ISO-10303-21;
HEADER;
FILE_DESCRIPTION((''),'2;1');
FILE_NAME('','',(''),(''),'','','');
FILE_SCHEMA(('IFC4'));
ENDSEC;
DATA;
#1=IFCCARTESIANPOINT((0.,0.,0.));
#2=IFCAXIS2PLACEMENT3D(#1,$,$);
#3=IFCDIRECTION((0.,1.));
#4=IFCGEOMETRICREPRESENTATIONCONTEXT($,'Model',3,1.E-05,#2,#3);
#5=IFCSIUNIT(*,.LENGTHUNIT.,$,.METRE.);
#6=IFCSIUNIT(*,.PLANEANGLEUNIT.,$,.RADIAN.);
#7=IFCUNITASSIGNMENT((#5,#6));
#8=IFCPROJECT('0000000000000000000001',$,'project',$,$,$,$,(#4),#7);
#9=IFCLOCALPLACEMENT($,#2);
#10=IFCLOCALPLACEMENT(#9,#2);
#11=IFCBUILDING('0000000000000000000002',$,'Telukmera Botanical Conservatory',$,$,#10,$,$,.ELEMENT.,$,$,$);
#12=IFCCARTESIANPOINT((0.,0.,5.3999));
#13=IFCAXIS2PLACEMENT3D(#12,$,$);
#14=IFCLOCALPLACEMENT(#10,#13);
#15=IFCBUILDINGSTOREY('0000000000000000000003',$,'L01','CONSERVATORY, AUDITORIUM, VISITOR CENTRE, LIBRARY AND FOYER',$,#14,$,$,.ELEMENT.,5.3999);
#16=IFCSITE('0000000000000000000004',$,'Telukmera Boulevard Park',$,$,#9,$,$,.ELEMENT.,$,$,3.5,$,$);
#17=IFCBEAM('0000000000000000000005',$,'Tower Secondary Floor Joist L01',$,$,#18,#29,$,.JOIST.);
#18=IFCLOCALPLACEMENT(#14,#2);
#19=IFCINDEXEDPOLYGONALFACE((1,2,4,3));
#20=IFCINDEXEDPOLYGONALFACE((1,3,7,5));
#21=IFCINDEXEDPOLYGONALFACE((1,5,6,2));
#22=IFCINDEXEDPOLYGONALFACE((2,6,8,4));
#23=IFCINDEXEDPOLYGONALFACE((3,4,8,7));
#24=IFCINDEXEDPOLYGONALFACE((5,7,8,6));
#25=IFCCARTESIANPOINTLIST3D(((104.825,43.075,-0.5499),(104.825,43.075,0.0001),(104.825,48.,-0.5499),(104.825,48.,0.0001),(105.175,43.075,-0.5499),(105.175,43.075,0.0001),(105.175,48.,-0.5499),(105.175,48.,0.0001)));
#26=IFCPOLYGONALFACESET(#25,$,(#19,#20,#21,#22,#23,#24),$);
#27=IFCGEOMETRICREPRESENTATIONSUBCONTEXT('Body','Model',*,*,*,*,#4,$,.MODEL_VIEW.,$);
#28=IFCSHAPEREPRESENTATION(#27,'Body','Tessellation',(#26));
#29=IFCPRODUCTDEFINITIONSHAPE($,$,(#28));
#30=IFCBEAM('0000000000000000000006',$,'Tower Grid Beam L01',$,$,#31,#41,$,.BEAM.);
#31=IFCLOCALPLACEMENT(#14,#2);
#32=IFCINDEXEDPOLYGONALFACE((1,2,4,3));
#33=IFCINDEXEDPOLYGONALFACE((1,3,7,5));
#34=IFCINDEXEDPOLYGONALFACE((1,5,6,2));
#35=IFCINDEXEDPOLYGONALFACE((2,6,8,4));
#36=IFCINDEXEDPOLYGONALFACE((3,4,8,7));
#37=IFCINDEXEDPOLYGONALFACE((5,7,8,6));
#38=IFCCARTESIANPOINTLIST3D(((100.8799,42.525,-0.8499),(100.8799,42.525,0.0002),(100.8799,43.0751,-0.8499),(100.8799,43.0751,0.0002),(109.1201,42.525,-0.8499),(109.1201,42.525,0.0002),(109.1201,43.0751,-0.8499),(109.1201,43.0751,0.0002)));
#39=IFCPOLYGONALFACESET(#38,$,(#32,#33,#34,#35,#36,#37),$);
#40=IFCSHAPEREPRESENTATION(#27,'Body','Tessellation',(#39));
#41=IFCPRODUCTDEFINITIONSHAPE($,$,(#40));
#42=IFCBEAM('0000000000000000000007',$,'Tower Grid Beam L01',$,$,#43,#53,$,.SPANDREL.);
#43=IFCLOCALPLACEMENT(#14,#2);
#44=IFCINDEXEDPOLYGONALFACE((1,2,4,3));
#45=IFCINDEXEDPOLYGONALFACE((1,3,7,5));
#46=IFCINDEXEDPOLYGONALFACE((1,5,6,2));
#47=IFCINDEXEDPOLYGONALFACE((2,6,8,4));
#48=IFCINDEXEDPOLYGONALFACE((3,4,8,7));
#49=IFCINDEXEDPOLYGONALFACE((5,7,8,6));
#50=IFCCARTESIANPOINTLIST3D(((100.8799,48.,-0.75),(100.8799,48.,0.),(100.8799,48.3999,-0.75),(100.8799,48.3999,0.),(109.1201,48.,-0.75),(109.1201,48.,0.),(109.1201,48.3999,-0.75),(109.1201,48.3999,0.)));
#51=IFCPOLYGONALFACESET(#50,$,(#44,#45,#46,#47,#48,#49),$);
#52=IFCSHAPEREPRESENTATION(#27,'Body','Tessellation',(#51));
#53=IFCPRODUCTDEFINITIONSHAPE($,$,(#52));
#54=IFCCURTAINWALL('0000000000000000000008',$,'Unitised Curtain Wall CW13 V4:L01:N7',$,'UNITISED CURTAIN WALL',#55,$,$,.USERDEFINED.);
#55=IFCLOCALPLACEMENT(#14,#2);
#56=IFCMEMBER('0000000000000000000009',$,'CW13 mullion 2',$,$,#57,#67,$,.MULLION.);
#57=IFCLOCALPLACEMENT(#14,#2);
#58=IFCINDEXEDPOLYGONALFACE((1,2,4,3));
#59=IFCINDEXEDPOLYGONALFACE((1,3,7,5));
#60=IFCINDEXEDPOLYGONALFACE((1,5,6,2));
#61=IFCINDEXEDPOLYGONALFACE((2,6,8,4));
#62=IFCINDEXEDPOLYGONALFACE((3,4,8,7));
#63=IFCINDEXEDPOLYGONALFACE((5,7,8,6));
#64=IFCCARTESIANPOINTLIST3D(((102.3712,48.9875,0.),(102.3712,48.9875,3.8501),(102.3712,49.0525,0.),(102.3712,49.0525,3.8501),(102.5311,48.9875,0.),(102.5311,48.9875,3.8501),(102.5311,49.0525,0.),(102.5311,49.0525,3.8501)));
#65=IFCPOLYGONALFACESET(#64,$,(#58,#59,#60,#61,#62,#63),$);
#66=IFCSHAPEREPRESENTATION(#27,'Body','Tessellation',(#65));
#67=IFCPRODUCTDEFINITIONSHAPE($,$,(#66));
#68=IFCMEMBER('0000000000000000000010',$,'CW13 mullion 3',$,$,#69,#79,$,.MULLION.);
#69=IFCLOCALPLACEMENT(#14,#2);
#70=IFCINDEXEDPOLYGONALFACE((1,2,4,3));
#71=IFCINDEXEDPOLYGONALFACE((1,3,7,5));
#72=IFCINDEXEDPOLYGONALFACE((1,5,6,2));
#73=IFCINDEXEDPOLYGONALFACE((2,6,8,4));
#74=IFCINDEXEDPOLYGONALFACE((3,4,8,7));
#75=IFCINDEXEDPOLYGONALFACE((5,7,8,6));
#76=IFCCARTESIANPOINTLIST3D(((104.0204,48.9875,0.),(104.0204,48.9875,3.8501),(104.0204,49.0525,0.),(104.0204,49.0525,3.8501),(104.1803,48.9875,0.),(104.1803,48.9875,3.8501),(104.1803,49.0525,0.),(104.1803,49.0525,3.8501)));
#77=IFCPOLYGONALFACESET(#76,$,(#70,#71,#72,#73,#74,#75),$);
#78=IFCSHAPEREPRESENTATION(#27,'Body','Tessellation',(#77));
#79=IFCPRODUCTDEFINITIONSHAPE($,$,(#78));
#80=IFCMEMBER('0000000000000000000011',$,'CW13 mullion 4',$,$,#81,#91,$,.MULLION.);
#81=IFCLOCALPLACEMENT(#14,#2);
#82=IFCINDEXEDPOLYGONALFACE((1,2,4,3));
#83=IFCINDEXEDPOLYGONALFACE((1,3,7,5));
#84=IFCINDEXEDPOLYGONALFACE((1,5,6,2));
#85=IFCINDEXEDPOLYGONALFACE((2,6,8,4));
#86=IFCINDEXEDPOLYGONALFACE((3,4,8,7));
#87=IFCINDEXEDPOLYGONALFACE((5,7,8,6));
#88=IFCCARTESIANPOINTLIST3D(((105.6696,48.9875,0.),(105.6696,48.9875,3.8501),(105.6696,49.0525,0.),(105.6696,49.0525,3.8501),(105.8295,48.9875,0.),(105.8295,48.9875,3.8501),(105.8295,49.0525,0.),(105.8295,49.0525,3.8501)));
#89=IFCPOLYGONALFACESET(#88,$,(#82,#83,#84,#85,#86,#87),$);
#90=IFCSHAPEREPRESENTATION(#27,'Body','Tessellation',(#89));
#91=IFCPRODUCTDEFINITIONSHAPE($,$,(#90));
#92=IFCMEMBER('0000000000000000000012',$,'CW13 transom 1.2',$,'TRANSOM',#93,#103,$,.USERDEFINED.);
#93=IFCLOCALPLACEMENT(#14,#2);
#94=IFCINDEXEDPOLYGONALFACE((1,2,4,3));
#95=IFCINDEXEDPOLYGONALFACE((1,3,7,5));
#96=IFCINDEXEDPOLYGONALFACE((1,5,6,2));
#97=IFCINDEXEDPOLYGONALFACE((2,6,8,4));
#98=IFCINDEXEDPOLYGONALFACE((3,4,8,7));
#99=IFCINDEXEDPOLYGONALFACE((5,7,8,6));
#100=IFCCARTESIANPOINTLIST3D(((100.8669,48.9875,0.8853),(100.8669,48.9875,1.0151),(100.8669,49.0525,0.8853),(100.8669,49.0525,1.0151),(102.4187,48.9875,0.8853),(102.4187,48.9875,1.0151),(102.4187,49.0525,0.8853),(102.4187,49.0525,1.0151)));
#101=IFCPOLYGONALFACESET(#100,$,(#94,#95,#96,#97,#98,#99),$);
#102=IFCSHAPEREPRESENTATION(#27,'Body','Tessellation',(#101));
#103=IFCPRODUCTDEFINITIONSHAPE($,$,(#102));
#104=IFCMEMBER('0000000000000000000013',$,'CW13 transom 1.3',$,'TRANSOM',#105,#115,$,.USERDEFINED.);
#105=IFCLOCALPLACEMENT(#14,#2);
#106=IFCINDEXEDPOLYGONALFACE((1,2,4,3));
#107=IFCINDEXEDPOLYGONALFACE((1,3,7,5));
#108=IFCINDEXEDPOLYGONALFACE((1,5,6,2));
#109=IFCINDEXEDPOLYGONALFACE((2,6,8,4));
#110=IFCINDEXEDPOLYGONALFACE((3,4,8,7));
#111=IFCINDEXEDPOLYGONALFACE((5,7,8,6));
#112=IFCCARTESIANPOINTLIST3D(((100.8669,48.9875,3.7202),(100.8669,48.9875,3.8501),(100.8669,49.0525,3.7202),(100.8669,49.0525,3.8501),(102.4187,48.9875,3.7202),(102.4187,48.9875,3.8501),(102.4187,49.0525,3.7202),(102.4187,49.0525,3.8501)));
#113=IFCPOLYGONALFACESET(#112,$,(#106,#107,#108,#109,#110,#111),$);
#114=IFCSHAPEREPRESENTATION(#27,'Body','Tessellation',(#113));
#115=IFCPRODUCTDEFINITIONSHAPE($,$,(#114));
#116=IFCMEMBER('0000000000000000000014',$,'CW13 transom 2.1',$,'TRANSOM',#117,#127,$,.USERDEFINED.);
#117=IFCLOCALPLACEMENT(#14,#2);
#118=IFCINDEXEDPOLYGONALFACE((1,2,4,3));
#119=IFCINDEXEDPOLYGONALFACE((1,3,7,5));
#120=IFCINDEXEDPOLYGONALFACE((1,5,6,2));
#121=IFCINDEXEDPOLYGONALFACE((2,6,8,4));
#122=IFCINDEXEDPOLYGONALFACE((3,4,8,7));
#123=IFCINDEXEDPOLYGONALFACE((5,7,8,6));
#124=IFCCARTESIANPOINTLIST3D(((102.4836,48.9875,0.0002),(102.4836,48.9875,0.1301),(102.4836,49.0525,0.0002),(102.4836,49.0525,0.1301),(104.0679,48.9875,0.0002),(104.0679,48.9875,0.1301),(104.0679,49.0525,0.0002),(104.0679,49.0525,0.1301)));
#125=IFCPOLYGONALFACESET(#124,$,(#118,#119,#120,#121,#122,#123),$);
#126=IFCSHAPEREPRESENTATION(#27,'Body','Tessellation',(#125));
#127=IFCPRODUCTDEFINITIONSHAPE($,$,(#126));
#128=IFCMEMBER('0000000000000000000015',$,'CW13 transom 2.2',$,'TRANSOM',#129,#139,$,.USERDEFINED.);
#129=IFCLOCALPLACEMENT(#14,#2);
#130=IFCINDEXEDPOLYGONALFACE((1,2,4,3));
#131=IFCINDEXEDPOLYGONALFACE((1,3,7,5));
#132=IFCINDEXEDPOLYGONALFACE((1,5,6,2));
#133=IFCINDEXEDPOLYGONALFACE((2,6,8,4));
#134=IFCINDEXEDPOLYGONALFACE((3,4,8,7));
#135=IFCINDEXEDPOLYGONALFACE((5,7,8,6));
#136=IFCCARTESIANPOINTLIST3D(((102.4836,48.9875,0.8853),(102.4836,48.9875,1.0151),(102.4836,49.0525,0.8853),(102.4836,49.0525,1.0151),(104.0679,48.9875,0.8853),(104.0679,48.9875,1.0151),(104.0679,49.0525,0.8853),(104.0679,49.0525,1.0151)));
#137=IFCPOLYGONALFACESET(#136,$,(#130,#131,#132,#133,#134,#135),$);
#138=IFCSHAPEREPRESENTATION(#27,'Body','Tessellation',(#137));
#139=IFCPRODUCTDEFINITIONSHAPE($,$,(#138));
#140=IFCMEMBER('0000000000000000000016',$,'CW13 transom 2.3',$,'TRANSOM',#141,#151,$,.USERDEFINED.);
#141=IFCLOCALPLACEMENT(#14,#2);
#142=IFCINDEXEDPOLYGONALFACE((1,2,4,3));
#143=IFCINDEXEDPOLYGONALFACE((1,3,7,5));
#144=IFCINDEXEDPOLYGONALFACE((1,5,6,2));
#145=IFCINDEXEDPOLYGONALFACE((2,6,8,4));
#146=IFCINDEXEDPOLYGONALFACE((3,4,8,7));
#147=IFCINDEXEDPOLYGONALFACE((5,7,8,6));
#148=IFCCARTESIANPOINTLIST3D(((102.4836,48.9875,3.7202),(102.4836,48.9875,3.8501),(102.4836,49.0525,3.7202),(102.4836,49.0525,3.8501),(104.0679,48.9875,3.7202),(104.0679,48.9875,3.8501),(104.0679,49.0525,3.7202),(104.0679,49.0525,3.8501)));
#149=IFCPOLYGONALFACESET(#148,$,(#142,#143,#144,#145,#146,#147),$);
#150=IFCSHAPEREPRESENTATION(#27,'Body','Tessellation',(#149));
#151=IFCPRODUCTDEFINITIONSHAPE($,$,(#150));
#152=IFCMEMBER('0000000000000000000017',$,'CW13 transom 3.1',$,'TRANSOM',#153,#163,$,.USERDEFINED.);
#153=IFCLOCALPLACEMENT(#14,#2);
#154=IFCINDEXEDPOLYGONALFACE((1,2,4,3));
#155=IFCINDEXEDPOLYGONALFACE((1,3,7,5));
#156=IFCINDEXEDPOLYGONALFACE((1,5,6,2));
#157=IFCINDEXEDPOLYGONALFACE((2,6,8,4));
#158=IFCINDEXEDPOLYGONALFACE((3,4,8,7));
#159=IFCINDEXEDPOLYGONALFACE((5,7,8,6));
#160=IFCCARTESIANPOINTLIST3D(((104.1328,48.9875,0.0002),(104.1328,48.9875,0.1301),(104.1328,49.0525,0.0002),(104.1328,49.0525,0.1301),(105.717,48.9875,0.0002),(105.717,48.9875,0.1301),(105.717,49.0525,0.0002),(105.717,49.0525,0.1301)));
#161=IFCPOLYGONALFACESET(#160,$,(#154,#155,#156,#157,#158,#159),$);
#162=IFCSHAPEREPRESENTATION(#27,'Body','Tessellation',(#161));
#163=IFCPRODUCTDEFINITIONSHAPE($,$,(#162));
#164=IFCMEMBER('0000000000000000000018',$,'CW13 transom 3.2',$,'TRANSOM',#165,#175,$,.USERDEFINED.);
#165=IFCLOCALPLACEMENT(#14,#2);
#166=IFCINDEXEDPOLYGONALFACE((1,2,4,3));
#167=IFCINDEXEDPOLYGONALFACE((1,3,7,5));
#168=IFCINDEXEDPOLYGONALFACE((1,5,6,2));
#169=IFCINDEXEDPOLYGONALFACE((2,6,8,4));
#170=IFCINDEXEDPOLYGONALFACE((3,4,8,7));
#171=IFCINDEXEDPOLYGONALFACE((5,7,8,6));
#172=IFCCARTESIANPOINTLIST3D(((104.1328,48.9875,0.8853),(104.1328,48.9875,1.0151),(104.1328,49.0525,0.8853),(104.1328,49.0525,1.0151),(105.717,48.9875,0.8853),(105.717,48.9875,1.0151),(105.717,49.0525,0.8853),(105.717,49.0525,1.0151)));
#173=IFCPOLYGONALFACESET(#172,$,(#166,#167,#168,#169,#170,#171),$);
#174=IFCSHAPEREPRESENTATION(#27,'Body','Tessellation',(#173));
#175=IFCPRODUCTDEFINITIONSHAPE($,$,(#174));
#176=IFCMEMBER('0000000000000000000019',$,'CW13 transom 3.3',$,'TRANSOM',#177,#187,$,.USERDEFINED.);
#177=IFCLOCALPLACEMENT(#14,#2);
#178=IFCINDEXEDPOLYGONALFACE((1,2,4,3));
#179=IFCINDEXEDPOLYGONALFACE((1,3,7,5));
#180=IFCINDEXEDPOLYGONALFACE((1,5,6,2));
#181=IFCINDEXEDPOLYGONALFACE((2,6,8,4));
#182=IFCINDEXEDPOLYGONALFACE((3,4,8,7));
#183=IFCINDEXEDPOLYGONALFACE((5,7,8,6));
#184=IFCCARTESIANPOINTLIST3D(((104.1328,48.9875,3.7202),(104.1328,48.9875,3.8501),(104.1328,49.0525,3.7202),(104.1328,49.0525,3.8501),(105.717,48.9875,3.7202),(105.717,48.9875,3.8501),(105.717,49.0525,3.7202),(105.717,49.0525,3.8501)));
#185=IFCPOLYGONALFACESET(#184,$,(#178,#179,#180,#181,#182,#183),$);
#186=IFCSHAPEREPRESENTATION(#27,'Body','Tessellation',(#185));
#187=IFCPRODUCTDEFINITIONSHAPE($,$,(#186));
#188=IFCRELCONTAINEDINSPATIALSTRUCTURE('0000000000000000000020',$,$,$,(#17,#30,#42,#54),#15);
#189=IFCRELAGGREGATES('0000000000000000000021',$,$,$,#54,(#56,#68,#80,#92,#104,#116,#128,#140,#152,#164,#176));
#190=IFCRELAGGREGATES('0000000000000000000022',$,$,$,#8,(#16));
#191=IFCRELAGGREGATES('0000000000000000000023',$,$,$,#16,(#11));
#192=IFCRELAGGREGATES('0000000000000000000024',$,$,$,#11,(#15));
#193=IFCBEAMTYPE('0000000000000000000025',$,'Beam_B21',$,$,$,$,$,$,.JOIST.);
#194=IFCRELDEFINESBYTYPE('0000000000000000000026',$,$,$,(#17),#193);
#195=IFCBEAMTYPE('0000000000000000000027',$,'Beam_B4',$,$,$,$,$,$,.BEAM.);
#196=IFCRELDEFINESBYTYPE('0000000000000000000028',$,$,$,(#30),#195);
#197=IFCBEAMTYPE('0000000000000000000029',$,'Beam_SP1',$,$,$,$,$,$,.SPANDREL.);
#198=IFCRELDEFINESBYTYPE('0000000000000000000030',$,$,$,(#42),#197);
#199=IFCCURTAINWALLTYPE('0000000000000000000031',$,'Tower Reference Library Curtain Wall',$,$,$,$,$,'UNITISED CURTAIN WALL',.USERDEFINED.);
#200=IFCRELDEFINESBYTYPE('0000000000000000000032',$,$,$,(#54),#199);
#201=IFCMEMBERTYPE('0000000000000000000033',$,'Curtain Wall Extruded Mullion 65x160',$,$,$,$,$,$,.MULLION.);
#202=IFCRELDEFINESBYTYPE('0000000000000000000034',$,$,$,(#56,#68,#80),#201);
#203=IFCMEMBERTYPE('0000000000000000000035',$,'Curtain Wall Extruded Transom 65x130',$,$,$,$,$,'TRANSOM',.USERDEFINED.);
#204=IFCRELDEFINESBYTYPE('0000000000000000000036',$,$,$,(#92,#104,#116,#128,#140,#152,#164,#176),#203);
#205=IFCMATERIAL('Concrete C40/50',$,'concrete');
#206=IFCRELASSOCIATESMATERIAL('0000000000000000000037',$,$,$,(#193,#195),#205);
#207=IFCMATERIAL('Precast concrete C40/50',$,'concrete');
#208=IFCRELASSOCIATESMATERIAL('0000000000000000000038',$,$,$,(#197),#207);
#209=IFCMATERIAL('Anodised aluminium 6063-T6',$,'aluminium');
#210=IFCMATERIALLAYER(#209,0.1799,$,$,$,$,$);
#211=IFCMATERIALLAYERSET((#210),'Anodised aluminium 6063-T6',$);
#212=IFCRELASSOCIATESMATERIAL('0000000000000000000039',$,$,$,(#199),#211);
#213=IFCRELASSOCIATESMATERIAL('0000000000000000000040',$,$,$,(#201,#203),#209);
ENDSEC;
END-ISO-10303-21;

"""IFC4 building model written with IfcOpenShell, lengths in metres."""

from ifc_helpers import new_model, si_unit, direction, frame, origin, origin_2d, place, context, subcontext, project, spatial, rectangle, extrude, material, layer, layer_set, material_profile, profile_set, type_object, element, aggregate, save


model = new_model("IFC4")

# Units and contexts
model_context = context("Model", 3, precision=1e-05, world=origin(), true_north=direction((0.0, 1.0)))
body_context = subcontext(model_context, "Body", "Model", "MODEL_VIEW")
ifc_project = project(units=[si_unit("LENGTHUNIT", "METRE"), si_unit("PLANEANGLEUNIT", "RADIAN")], contexts=[model_context])

# Site, building, storey
site_placement = place(None, origin())
site = spatial("IfcSite", under=ifc_project, at=site_placement, Name="Telukmera Boulevard Park", CompositionType="ELEMENT", RefElevation=3.5)
building_placement = place(site_placement, origin())
building = spatial("IfcBuilding", under=site, at=building_placement, Name="Telukmera Botanical Conservatory", CompositionType="ELEMENT")
storey_placement = place(building_placement, frame((0.0, 0.0, 5.3999)))
storey = spatial("IfcBuildingStorey", under=building, at=storey_placement, Name="L01", Description="CONSERVATORY, AUDITORIUM, VISITOR CENTRE, LIBRARY AND FOYER", CompositionType="ELEMENT", Elevation=5.3999)

# Beams
ifc_material_1 = material(Name="Concrete C40/50", Category="concrete")
ifc_material_profile_1 = material_profile(ifc_material_1, rectangle(XDim=0.3501, YDim=0.55, at=origin_2d()), Name="RC 350x550")
ifc_profile_set_1 = profile_set([ifc_material_profile_1], Name="Concrete C40/50")
beam_type_1 = type_object("IfcBeamType", Name="Beam_B21", PredefinedType="JOIST", material=ifc_profile_set_1)
beam_1_placement = place(storey_placement, frame((105.0, 43.075, -0.2749), z_axis=(0.0, 1.0, 0.0), x_axis=(-1.0, 0.0, 0.0)))
element("IfcBeam", 1, at=beam_1_placement, inside=storey, type_object=beam_type_1, Name="Tower Secondary Floor Joist L01", PredefinedType="JOIST", context=body_context, shape_type="SweptSolid", body=[
    extrude(rectangle(XDim=0.3501, YDim=0.55, at=origin_2d()), origin(), (0.0, 0.0, 1.0), 4.925),
])
ifc_material_profile_2 = material_profile(ifc_material_1, rectangle(XDim=0.55, YDim=0.8501, at=origin_2d()), Name="RC 550x850")
ifc_profile_set_2 = profile_set([ifc_material_profile_2], Name="Concrete C40/50")
beam_type_2 = type_object("IfcBeamType", Name="Beam_B4", PredefinedType="BEAM", material=ifc_profile_set_2)
beam_2_placement = place(storey_placement, frame((100.8799, 42.8, -0.4248), z_axis=(1.0, 0.0, 0.0), x_axis=(0.0, 1.0, 0.0)))
element("IfcBeam", 2, at=beam_2_placement, inside=storey, type_object=beam_type_2, Name="Tower Grid Beam L01", PredefinedType="BEAM", context=body_context, shape_type="SweptSolid", body=[
    extrude(rectangle(XDim=0.55, YDim=0.8501, at=origin_2d()), origin(), (0.0, 0.0, 1.0), 8.2402),
])
ifc_material_2 = material(Name="Precast concrete C40/50", Category="concrete")
ifc_material_profile_3 = material_profile(ifc_material_2, rectangle(XDim=0.3999, YDim=0.75, at=origin_2d()), Name="PC 400x750")
ifc_profile_set_3 = profile_set([ifc_material_profile_3], Name="Precast concrete C40/50")
beam_type_3 = type_object("IfcBeamType", Name="Beam_SP1", PredefinedType="SPANDREL", material=ifc_profile_set_3)
beam_3_placement = place(storey_placement, frame((100.8799, 48.2, -0.375), z_axis=(1.0, 0.0, 0.0), x_axis=(0.0, 1.0, 0.0)))
element("IfcBeam", 3, at=beam_3_placement, inside=storey, type_object=beam_type_3, Name="Tower Grid Beam L01", PredefinedType="SPANDREL", context=body_context, shape_type="SweptSolid", body=[
    extrude(rectangle(XDim=0.3999, YDim=0.75, at=origin_2d()), origin(), (0.0, 0.0, 1.0), 8.2402),
])

# Curtain wall, members
ifc_material_3 = material(Name="Anodised aluminium 6063-T6", Category="aluminium")
ifc_layer_1 = layer(ifc_material_3, 0.1799)
ifc_layer_set_1 = layer_set([ifc_layer_1], Name="Anodised aluminium 6063-T6")
curtain_wall_type = type_object("IfcCurtainWallType", Name="Tower Reference Library Curtain Wall", ElementType="UNITISED CURTAIN WALL", PredefinedType="USERDEFINED", material=ifc_layer_set_1)
curtain_wall_placement = place(storey_placement, origin())
curtain_wall = element("IfcCurtainWall", 4, at=curtain_wall_placement, inside=storey, type_object=curtain_wall_type, Name="Unitised Curtain Wall CW13 V4:L01:N7", ObjectType="UNITISED CURTAIN WALL", PredefinedType="USERDEFINED")
ifc_material_profile_4 = material_profile(ifc_material_3, rectangle(XDim=0.0649, YDim=0.1599, at=origin_2d()), Name="ALU MULL 65x160")
ifc_profile_set_4 = profile_set([ifc_material_profile_4], Name="Anodised aluminium 6063-T6")
member_type_1 = type_object("IfcMemberType", Name="Curtain Wall Extruded Mullion 65x160", PredefinedType="MULLION", material=ifc_profile_set_4)
member_1_placement = place(storey_placement, frame((102.4512, 49.02, 0.0), z_axis=(0.0, 0.0, 1.0), x_axis=(0.0, 1.0, 0.0)))
member_1 = element("IfcMember", 5, at=member_1_placement, type_object=member_type_1, Name="CW13 mullion 2", PredefinedType="MULLION", context=body_context, shape_type="SweptSolid", body=[
    extrude(rectangle(XDim=0.0649, YDim=0.1599, at=origin_2d()), origin(), (0.0, 0.0, 1.0), 3.8501),
])
member_2_placement = place(storey_placement, frame((104.1003, 49.02, 0.0), z_axis=(0.0, 0.0, 1.0), x_axis=(0.0, 1.0, 0.0)))
member_2 = element("IfcMember", 6, at=member_2_placement, type_object=member_type_1, Name="CW13 mullion 3", PredefinedType="MULLION", context=body_context, shape_type="SweptSolid", body=[
    extrude(rectangle(XDim=0.0649, YDim=0.1599, at=origin_2d()), origin(), (0.0, 0.0, 1.0), 3.8501),
])
member_3_placement = place(storey_placement, frame((105.7495, 49.02, 0.0), z_axis=(0.0, 0.0, 1.0), x_axis=(0.0, 1.0, 0.0)))
member_3 = element("IfcMember", 7, at=member_3_placement, type_object=member_type_1, Name="CW13 mullion 4", PredefinedType="MULLION", context=body_context, shape_type="SweptSolid", body=[
    extrude(rectangle(XDim=0.0649, YDim=0.1599, at=origin_2d()), origin(), (0.0, 0.0, 1.0), 3.8501),
])
ifc_material_profile_5 = material_profile(ifc_material_3, rectangle(XDim=0.0649, YDim=0.1299, at=origin_2d()), Name="ALU TRAN 65x130")
ifc_profile_set_5 = profile_set([ifc_material_profile_5], Name="Anodised aluminium 6063-T6")
member_type_2 = type_object("IfcMemberType", Name="Curtain Wall Extruded Transom 65x130", ElementType="TRANSOM", PredefinedType="USERDEFINED", material=ifc_profile_set_5)
member_4_placement = place(storey_placement, frame((100.8669, 49.02, 0.9502), z_axis=(1.0, 0.0, 0.0), x_axis=(0.0, 1.0, 0.0)))
member_4 = element("IfcMember", 8, at=member_4_placement, type_object=member_type_2, Name="CW13 transom 1.2", ObjectType="TRANSOM", PredefinedType="USERDEFINED", context=body_context, shape_type="SweptSolid", body=[
    extrude(rectangle(XDim=0.0649, YDim=0.1299, at=origin_2d()), origin(), (0.0, 0.0, 1.0), 1.5518),
])
member_5_placement = place(storey_placement, frame((100.8669, 49.02, 3.7852), z_axis=(1.0, 0.0, 0.0), x_axis=(0.0, 1.0, 0.0)))
member_5 = element("IfcMember", 9, at=member_5_placement, type_object=member_type_2, Name="CW13 transom 1.3", ObjectType="TRANSOM", PredefinedType="USERDEFINED", context=body_context, shape_type="SweptSolid", body=[
    extrude(rectangle(XDim=0.0649, YDim=0.1299, at=origin_2d()), origin(), (0.0, 0.0, 1.0), 1.5518),
])
member_6_placement = place(storey_placement, frame((102.4836, 49.02, 0.0652), z_axis=(1.0, 0.0, 0.0), x_axis=(0.0, 1.0, 0.0)))
member_6 = element("IfcMember", 10, at=member_6_placement, type_object=member_type_2, Name="CW13 transom 2.1", ObjectType="TRANSOM", PredefinedType="USERDEFINED", context=body_context, shape_type="SweptSolid", body=[
    extrude(rectangle(XDim=0.0649, YDim=0.1299, at=origin_2d()), origin(), (0.0, 0.0, 1.0), 1.5842),
])
member_7_placement = place(storey_placement, frame((102.4836, 49.02, 0.9502), z_axis=(1.0, 0.0, 0.0), x_axis=(0.0, 1.0, 0.0)))
member_7 = element("IfcMember", 11, at=member_7_placement, type_object=member_type_2, Name="CW13 transom 2.2", ObjectType="TRANSOM", PredefinedType="USERDEFINED", context=body_context, shape_type="SweptSolid", body=[
    extrude(rectangle(XDim=0.0649, YDim=0.1299, at=origin_2d()), origin(), (0.0, 0.0, 1.0), 1.5842),
])
member_8_placement = place(storey_placement, frame((102.4836, 49.02, 3.7852), z_axis=(1.0, 0.0, 0.0), x_axis=(0.0, 1.0, 0.0)))
member_8 = element("IfcMember", 12, at=member_8_placement, type_object=member_type_2, Name="CW13 transom 2.3", ObjectType="TRANSOM", PredefinedType="USERDEFINED", context=body_context, shape_type="SweptSolid", body=[
    extrude(rectangle(XDim=0.0649, YDim=0.1299, at=origin_2d()), origin(), (0.0, 0.0, 1.0), 1.5842),
])
member_9_placement = place(storey_placement, frame((104.1328, 49.02, 0.0652), z_axis=(1.0, 0.0, 0.0), x_axis=(0.0, 1.0, 0.0)))
member_9 = element("IfcMember", 13, at=member_9_placement, type_object=member_type_2, Name="CW13 transom 3.1", ObjectType="TRANSOM", PredefinedType="USERDEFINED", context=body_context, shape_type="SweptSolid", body=[
    extrude(rectangle(XDim=0.0649, YDim=0.1299, at=origin_2d()), origin(), (0.0, 0.0, 1.0), 1.5842),
])
member_10_placement = place(storey_placement, frame((104.1328, 49.02, 0.9502), z_axis=(1.0, 0.0, 0.0), x_axis=(0.0, 1.0, 0.0)))
member_10 = element("IfcMember", 14, at=member_10_placement, type_object=member_type_2, Name="CW13 transom 3.2", ObjectType="TRANSOM", PredefinedType="USERDEFINED", context=body_context, shape_type="SweptSolid", body=[
    extrude(rectangle(XDim=0.0649, YDim=0.1299, at=origin_2d()), origin(), (0.0, 0.0, 1.0), 1.5842),
])
member_11_placement = place(storey_placement, frame((104.1328, 49.02, 3.7852), z_axis=(1.0, 0.0, 0.0), x_axis=(0.0, 1.0, 0.0)))
member_11 = element("IfcMember", 15, at=member_11_placement, type_object=member_type_2, Name="CW13 transom 3.3", ObjectType="TRANSOM", PredefinedType="USERDEFINED", context=body_context, shape_type="SweptSolid", body=[
    extrude(rectangle(XDim=0.0649, YDim=0.1299, at=origin_2d()), origin(), (0.0, 0.0, 1.0), 1.5842),
])
aggregate(curtain_wall, [member_1, member_2, member_3, member_4, member_5, member_6, member_7, member_8, member_9, member_10, member_11])

save(model, "model.ifc")
